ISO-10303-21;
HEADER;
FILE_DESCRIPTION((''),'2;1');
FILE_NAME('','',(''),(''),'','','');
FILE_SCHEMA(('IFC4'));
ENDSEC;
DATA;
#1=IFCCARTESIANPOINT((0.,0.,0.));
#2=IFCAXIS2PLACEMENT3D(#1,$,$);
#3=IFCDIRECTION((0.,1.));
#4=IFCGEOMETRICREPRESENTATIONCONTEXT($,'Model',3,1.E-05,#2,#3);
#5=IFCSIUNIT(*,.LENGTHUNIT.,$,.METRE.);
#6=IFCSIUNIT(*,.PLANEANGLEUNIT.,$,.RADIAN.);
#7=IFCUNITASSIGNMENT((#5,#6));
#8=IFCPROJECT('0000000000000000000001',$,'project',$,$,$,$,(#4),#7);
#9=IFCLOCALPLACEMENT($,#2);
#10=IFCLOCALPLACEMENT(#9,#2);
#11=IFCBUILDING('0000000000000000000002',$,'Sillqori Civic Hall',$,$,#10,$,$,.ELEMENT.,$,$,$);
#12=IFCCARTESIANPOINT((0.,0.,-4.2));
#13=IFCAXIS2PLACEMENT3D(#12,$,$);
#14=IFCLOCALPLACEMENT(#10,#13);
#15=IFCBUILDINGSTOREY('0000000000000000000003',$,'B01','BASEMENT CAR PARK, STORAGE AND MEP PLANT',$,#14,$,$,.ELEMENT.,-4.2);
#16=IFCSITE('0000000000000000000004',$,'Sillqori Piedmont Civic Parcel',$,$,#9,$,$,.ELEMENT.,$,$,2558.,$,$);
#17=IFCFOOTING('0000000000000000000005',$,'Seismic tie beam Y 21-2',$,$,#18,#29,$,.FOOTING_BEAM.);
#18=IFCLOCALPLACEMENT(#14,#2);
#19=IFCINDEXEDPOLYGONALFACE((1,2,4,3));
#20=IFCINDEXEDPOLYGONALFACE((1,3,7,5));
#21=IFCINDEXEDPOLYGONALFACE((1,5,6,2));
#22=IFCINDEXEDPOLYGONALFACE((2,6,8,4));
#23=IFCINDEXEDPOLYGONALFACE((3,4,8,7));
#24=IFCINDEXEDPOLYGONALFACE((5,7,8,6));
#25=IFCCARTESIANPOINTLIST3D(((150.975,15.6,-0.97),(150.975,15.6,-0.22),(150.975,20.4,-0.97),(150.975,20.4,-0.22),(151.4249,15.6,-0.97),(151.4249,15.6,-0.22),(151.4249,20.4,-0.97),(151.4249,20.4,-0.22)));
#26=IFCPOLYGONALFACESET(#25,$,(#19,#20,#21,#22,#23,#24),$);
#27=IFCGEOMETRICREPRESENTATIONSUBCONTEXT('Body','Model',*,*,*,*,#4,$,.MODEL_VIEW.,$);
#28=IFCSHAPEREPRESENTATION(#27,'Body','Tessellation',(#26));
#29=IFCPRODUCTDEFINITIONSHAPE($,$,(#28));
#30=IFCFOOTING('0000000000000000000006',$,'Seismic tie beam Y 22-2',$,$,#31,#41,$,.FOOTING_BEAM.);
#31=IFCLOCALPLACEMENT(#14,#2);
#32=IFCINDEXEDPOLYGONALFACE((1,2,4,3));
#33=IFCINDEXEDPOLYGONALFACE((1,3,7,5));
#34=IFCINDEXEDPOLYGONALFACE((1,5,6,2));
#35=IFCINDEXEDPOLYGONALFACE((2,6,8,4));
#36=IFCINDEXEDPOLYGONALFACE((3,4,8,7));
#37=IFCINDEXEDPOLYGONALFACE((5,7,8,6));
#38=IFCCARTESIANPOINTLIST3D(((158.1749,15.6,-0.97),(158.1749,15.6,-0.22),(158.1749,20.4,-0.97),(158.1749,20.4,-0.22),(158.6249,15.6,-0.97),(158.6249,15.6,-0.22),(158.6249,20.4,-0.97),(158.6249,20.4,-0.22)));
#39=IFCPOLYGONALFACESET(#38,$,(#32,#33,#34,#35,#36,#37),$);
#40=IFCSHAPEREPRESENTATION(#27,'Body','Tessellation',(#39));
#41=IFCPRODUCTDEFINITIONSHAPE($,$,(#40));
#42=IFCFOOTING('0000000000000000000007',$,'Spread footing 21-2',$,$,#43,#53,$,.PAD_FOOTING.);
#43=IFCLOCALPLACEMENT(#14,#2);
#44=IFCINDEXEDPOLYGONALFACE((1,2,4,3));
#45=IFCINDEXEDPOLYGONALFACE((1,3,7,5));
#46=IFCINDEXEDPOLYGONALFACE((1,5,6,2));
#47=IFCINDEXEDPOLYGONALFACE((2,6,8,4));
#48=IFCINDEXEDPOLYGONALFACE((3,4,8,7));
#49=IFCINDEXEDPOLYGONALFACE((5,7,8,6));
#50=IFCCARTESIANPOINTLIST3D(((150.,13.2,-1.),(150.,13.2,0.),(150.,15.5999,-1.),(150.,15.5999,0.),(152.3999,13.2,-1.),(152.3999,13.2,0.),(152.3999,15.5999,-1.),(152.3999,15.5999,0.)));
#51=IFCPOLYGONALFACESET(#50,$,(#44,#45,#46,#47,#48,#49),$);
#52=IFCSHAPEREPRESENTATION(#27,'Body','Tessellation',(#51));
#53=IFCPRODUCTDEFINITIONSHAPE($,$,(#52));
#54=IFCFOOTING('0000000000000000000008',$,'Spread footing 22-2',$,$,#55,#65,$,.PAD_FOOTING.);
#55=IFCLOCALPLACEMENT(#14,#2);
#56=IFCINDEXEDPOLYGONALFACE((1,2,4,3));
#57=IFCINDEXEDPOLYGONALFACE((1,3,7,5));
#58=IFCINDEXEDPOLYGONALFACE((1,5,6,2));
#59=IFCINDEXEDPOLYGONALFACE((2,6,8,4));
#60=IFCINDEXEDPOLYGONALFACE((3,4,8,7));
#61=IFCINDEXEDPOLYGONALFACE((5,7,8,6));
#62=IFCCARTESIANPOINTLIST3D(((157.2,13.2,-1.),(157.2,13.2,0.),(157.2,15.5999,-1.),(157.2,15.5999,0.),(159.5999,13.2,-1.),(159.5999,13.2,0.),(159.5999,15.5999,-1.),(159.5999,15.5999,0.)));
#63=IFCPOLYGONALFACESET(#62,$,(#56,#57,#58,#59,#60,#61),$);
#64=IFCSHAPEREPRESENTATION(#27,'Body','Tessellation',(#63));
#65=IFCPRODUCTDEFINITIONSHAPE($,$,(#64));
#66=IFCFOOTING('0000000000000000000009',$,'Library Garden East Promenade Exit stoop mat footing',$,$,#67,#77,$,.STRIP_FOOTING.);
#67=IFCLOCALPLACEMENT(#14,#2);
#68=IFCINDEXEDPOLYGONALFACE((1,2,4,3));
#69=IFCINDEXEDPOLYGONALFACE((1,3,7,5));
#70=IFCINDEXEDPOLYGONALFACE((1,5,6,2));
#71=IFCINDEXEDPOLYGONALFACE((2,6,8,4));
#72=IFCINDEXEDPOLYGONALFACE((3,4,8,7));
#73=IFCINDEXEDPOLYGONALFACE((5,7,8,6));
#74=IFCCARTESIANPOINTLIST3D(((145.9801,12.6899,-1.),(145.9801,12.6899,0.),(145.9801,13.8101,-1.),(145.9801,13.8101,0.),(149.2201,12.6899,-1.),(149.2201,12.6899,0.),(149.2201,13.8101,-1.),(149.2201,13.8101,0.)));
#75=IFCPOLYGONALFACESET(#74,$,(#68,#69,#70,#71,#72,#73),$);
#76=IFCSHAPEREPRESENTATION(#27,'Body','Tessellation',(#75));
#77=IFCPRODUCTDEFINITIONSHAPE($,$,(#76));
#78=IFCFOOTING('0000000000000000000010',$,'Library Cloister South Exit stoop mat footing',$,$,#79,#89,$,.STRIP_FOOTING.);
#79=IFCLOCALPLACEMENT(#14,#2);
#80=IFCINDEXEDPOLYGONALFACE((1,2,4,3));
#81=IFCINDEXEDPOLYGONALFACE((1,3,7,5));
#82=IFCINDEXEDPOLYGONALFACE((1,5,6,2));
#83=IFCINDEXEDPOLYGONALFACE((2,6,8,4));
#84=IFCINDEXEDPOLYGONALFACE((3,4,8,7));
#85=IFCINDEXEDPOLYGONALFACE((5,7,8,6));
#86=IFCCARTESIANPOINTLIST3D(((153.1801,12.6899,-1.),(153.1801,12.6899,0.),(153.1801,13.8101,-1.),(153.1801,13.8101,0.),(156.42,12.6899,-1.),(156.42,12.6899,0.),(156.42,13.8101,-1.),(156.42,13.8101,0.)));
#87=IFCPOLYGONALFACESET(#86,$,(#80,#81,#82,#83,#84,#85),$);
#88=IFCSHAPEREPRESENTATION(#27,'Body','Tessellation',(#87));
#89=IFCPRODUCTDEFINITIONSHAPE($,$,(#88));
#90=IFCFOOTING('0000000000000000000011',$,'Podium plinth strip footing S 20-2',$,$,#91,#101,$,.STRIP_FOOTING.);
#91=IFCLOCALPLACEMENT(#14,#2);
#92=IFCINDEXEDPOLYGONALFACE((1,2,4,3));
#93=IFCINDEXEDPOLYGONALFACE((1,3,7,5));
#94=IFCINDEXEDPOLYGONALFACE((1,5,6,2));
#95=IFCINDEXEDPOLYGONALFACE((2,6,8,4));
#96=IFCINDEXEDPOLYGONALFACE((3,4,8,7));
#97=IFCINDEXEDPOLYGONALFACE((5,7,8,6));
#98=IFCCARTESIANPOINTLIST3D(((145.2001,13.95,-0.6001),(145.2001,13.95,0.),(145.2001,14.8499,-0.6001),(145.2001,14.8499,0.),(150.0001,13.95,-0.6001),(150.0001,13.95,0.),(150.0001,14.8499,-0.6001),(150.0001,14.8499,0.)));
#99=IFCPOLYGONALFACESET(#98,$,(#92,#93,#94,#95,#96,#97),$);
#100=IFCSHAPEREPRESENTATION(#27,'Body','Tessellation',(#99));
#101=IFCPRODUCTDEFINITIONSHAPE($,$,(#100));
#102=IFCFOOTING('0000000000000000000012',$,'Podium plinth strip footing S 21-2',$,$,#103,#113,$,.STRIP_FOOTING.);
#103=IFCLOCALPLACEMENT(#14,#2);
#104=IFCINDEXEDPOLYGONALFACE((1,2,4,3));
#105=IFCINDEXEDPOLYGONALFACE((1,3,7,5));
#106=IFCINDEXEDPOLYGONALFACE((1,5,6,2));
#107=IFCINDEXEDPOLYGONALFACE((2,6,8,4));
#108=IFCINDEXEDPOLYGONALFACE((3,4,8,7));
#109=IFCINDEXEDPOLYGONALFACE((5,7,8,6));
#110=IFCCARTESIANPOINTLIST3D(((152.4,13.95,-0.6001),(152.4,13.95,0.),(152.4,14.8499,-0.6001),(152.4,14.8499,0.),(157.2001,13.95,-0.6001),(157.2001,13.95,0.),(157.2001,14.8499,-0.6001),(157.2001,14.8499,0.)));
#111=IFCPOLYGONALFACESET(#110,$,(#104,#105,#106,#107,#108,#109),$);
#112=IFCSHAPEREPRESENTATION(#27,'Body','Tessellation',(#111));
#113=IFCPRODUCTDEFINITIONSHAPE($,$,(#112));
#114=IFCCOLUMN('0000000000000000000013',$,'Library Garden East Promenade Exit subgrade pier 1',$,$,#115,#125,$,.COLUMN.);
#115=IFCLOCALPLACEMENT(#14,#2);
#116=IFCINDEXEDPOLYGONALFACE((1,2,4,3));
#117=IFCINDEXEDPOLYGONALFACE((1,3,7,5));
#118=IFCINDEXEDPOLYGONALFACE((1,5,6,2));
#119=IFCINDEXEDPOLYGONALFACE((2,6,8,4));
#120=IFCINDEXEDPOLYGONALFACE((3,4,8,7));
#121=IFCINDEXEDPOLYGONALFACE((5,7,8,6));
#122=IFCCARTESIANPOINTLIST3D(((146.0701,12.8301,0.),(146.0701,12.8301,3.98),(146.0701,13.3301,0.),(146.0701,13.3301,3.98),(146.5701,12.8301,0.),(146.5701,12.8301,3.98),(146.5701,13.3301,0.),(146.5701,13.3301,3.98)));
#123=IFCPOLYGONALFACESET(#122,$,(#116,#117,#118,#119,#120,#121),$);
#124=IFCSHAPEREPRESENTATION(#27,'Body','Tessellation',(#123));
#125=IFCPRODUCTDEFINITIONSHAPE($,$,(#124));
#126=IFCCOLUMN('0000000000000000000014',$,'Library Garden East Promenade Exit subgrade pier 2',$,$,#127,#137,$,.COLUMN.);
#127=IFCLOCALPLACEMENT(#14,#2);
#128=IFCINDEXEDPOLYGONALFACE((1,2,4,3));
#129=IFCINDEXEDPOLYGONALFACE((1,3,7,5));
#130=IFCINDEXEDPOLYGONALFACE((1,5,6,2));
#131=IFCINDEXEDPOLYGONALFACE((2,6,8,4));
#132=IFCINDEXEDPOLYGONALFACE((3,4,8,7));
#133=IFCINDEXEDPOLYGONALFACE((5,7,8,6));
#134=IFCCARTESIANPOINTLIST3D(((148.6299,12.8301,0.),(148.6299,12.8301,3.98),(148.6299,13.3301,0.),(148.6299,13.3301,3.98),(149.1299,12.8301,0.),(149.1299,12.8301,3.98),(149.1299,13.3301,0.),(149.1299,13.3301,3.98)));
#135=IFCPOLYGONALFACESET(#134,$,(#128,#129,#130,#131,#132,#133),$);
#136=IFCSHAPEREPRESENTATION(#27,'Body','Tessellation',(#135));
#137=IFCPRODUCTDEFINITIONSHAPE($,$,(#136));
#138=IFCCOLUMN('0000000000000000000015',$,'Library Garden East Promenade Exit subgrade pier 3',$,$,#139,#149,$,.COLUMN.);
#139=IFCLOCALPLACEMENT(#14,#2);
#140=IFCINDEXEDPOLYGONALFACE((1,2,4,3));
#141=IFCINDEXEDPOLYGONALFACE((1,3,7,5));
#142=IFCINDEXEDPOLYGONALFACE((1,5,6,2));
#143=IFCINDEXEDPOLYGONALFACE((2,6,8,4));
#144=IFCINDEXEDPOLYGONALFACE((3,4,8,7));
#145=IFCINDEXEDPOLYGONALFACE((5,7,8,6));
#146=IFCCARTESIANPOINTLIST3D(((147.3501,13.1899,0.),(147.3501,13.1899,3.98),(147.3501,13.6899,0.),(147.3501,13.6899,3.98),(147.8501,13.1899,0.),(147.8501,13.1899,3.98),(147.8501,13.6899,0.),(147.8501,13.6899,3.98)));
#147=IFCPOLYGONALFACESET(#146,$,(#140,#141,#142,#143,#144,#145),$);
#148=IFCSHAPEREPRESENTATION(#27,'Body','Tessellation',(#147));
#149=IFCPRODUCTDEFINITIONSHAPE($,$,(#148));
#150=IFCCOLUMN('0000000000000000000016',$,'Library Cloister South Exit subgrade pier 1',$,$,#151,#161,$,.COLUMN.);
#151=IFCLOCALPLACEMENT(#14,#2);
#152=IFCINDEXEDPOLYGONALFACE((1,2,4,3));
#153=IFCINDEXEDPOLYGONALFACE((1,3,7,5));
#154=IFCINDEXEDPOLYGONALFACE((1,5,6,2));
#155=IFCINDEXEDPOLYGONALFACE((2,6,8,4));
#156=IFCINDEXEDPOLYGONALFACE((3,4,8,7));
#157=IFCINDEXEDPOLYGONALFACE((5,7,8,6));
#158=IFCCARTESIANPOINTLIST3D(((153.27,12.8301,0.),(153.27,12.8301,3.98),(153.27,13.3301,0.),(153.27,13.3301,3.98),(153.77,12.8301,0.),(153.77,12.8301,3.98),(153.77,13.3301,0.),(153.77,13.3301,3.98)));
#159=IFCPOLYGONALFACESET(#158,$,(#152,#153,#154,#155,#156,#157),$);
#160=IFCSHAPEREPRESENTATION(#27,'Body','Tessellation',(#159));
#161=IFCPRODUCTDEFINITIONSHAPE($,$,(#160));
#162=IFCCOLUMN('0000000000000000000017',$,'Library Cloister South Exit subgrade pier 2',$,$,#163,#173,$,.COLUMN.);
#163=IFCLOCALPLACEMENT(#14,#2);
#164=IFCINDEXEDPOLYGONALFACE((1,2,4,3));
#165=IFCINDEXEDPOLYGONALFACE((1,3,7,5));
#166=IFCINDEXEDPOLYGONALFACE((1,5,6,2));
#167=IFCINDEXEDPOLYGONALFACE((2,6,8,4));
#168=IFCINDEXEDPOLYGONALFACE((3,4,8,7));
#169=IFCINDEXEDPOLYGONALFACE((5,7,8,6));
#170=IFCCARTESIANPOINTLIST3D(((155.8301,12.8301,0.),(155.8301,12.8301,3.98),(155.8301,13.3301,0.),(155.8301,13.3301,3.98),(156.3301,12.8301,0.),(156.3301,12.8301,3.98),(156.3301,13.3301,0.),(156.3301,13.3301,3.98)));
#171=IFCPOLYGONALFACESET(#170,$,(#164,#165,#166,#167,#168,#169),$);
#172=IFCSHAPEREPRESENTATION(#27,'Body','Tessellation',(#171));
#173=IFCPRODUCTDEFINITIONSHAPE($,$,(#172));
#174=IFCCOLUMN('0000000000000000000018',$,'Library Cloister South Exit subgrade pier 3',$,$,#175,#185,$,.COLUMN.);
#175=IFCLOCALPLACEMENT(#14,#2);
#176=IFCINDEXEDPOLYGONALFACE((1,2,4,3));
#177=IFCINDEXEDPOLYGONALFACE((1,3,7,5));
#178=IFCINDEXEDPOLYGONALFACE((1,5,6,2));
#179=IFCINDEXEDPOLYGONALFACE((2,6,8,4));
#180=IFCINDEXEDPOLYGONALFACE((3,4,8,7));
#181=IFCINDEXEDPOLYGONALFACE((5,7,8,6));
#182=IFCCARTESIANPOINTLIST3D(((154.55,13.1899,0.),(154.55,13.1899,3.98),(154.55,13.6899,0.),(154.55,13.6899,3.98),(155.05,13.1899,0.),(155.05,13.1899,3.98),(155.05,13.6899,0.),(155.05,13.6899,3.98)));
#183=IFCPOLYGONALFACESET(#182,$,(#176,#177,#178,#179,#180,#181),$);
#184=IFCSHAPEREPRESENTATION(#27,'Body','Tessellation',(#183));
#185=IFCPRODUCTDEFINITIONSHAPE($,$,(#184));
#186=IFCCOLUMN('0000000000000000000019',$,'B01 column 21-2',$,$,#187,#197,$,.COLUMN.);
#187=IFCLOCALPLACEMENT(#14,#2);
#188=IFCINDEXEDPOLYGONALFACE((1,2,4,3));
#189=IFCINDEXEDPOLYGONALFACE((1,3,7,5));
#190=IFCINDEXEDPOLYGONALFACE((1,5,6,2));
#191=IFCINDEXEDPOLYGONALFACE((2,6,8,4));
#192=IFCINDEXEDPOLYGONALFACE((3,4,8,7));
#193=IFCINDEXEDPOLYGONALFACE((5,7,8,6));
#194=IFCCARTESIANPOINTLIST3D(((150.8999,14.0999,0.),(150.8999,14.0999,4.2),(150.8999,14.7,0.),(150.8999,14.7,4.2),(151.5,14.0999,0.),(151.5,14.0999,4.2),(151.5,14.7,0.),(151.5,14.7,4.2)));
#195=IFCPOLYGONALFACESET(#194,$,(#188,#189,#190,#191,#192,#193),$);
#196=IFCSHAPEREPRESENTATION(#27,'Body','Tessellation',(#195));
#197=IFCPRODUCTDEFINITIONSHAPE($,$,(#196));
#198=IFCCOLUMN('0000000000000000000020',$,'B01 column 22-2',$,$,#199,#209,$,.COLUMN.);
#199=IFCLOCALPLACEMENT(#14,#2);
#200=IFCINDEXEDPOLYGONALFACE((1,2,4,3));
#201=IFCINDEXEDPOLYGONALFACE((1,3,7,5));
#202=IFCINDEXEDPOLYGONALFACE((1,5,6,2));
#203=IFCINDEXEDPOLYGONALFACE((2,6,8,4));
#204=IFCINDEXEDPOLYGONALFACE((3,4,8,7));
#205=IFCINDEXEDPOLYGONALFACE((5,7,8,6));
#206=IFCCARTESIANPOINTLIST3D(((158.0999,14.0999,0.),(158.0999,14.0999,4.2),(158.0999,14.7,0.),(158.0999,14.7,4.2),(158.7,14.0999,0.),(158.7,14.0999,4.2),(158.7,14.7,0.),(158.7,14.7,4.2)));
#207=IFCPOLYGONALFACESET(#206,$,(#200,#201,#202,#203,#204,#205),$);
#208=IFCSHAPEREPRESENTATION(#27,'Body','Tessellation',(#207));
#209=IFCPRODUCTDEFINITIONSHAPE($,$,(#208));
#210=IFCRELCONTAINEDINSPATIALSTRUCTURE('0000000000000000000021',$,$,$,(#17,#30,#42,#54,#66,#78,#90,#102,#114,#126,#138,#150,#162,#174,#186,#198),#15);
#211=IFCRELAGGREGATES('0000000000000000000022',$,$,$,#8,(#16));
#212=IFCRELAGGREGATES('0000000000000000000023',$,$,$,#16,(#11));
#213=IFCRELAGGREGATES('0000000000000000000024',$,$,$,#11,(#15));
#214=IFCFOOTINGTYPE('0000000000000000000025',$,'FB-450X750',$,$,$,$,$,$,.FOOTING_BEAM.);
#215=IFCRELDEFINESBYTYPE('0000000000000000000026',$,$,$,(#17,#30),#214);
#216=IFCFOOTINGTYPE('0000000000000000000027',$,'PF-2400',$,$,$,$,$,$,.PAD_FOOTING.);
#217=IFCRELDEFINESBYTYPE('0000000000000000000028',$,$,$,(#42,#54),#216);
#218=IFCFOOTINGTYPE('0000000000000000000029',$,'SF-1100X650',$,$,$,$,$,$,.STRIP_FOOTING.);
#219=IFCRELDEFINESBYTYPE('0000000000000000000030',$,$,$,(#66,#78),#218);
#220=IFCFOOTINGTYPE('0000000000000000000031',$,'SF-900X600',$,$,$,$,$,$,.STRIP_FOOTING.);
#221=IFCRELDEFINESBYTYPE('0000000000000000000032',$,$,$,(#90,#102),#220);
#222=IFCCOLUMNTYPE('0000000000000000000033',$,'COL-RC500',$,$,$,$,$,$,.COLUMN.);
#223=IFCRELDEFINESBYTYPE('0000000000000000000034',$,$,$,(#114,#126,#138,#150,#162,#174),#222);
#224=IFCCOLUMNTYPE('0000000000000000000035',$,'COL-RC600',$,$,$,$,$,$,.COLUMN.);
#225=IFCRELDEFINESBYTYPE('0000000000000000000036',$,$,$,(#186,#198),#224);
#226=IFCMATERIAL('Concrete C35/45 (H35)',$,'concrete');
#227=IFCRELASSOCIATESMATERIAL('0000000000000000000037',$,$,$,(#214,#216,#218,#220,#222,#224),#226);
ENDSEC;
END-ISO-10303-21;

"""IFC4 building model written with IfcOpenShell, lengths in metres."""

from ifc_helpers import new_model, si_unit, direction, frame, origin, origin_2d, place, context, subcontext, project, spatial, rectangle, extrude, material, material_profile, profile_set, type_object, element, save


model = new_model("IFC4")

# Units and contexts
model_context = context("Model", 3, precision=1e-05, world=origin(), true_north=direction((0.0, 1.0)))
body_context = subcontext(model_context, "Body", "Model", "MODEL_VIEW")
ifc_project = project(units=[si_unit("LENGTHUNIT", "METRE"), si_unit("PLANEANGLEUNIT", "RADIAN")], contexts=[model_context])

# Site, building, storey
site_placement = place(None, origin())
site = spatial("IfcSite", under=ifc_project, at=site_placement, Name="Sillqori Piedmont Civic Parcel", CompositionType="ELEMENT", RefElevation=2558.0)
building_placement = place(site_placement, origin())
building = spatial("IfcBuilding", under=site, at=building_placement, Name="Sillqori Civic Hall", CompositionType="ELEMENT")
storey_placement = place(building_placement, frame((0.0, 0.0, -4.2)))
storey = spatial("IfcBuildingStorey", under=building, at=storey_placement, Name="B01", Description="BASEMENT CAR PARK, STORAGE AND MEP PLANT", CompositionType="ELEMENT", Elevation=-4.2)

# Footings
ifc_material = material(Name="Concrete C35/45 (H35)", Category="concrete")
footing_type_1 = type_object("IfcFootingType", Name="FB-450X750", PredefinedType="FOOTING_BEAM", material=ifc_material)
for number, where, z_axis, x_axis, name in (
    (1, (151.2, 18.0, -0.97), (0.0, 0.0, 1.0), (1.0, 0.0, 0.0), "Seismic tie beam Y 21-2"),
    (2, (158.3999, 18.0, -0.97), (0.0, 0.0, 1.0), (1.0, 0.0, 0.0), "Seismic tie beam Y 22-2"),
):
    element("IfcFooting", number, at=place(storey_placement, frame(where, z_axis=z_axis, x_axis=x_axis)), inside=storey, type_object=footing_type_1, Name=name, PredefinedType="FOOTING_BEAM", context=body_context, shape_type="SweptSolid", body=[
        extrude(rectangle(XDim=0.45, YDim=4.8, at=origin_2d()), origin(), (0.0, 0.0, 1.0), 0.75),
    ])
footing_type_2 = type_object("IfcFootingType", Name="PF-2400", PredefinedType="PAD_FOOTING", material=ifc_material)
for number, where, z_axis, x_axis, name in (
    (3, (151.2, 14.3999, -1.0), (0.0, 0.0, 1.0), (1.0, 0.0, 0.0), "Spread footing 21-2"),
    (4, (158.3999, 14.3999, -1.0), (0.0, 0.0, 1.0), (1.0, 0.0, 0.0), "Spread footing 22-2"),
):
    element("IfcFooting", number, at=place(storey_placement, frame(where, z_axis=z_axis, x_axis=x_axis)), inside=storey, type_object=footing_type_2, Name=name, PredefinedType="PAD_FOOTING", context=body_context, shape_type="SweptSolid", body=[
        extrude(rectangle(XDim=2.3999, YDim=2.3999, at=origin_2d()), origin(), (0.0, 0.0, 1.0), 1.0),
    ])
footing_type_3 = type_object("IfcFootingType", Name="SF-1100X650", PredefinedType="STRIP_FOOTING", material=ifc_material)
for number, where, z_axis, x_axis, name in (
    (5, (147.6001, 13.25, -1.0), (0.0, 0.0, 1.0), (1.0, 0.0, 0.0), "Library Garden East Promenade Exit stoop mat footing"),
    (6, (154.8, 13.25, -1.0), (0.0, 0.0, 1.0), (1.0, 0.0, 0.0), "Library Cloister South Exit stoop mat footing"),
):
    element("IfcFooting", number, at=place(storey_placement, frame(where, z_axis=z_axis, x_axis=x_axis)), inside=storey, type_object=footing_type_3, Name=name, PredefinedType="STRIP_FOOTING", context=body_context, shape_type="SweptSolid", body=[
        extrude(rectangle(XDim=3.24, YDim=1.1201, at=origin_2d()), origin(), (0.0, 0.0, 1.0), 1.0),
    ])
footing_type_4 = type_object("IfcFootingType", Name="SF-900X600", PredefinedType="STRIP_FOOTING", material=ifc_material)
for number, where, z_axis, x_axis, name in (
    (7, (147.6001, 14.3999, -0.6001), (0.0, 0.0, 1.0), (1.0, 0.0, 0.0), "Podium plinth strip footing S 20-2"),
    (8, (154.8, 14.3999, -0.6001), (0.0, 0.0, 1.0), (1.0, 0.0, 0.0), "Podium plinth strip footing S 21-2"),
):
    element("IfcFooting", number, at=place(storey_placement, frame(where, z_axis=z_axis, x_axis=x_axis)), inside=storey, type_object=footing_type_4, Name=name, PredefinedType="STRIP_FOOTING", context=body_context, shape_type="SweptSolid", body=[
        extrude(rectangle(XDim=4.8, YDim=0.8999, at=origin_2d()), origin(), (0.0, 0.0, 1.0), 0.6001),
    ])

# Columns
ifc_material_profile_1 = material_profile(ifc_material, rectangle(XDim=0.5, YDim=0.5, at=origin_2d()), Name="RC 500x500")
ifc_profile_set_1 = profile_set([ifc_material_profile_1], Name="Concrete C35/45 (H35)")
column_type_1 = type_object("IfcColumnType", Name="COL-RC500", PredefinedType="COLUMN", material=ifc_profile_set_1)
for number, where, z_axis, x_axis, name in (
    (9, (146.3201, 13.0801, 0.0), (0.0, 0.0, 1.0), (1.0, 0.0, 0.0), "Library Garden East Promenade Exit subgrade pier 1"),
    (10, (148.8799, 13.0801, 0.0), (0.0, 0.0, 1.0), (1.0, 0.0, 0.0), "Library Garden East Promenade Exit subgrade pier 2"),
    (11, (147.6001, 13.4399, 0.0), (0.0, 0.0, 1.0), (1.0, 0.0, 0.0), "Library Garden East Promenade Exit subgrade pier 3"),
    (12, (153.52, 13.0801, 0.0), (0.0, 0.0, 1.0), (1.0, 0.0, 0.0), "Library Cloister South Exit subgrade pier 1"),
    (13, (156.0801, 13.0801, 0.0), (0.0, 0.0, 1.0), (1.0, 0.0, 0.0), "Library Cloister South Exit subgrade pier 2"),
    (14, (154.8, 13.4399, 0.0), (0.0, 0.0, 1.0), (1.0, 0.0, 0.0), "Library Cloister South Exit subgrade pier 3"),
):
    element("IfcColumn", number, at=place(storey_placement, frame(where, z_axis=z_axis, x_axis=x_axis)), inside=storey, type_object=column_type_1, Name=name, PredefinedType="COLUMN", context=body_context, shape_type="SweptSolid", body=[
        extrude(rectangle(XDim=0.5, YDim=0.5, at=origin_2d()), origin(), (0.0, 0.0, 1.0), 3.98),
    ])
ifc_material_profile_2 = material_profile(ifc_material, rectangle(XDim=0.6001, YDim=0.6001, at=origin_2d()), Name="RC 600x600")
ifc_profile_set_2 = profile_set([ifc_material_profile_2], Name="Concrete C35/45 (H35)")
column_type_2 = type_object("IfcColumnType", Name="COL-RC600", PredefinedType="COLUMN", material=ifc_profile_set_2)
for number, where, z_axis, x_axis, name in (
    (15, (151.2, 14.3999, 0.0), (0.0, 0.0, 1.0), (1.0, 0.0, 0.0), "B01 column 21-2"),
    (16, (158.3999, 14.3999, 0.0), (0.0, 0.0, 1.0), (1.0, 0.0, 0.0), "B01 column 22-2"),
):
    element("IfcColumn", number, at=place(storey_placement, frame(where, z_axis=z_axis, x_axis=x_axis)), inside=storey, type_object=column_type_2, Name=name, PredefinedType="COLUMN", context=body_context, shape_type="SweptSolid", body=[
        extrude(rectangle(XDim=0.6001, YDim=0.6001, at=origin_2d()), origin(), (0.0, 0.0, 1.0), 4.2),
    ])

save(model, "model.ifc")
